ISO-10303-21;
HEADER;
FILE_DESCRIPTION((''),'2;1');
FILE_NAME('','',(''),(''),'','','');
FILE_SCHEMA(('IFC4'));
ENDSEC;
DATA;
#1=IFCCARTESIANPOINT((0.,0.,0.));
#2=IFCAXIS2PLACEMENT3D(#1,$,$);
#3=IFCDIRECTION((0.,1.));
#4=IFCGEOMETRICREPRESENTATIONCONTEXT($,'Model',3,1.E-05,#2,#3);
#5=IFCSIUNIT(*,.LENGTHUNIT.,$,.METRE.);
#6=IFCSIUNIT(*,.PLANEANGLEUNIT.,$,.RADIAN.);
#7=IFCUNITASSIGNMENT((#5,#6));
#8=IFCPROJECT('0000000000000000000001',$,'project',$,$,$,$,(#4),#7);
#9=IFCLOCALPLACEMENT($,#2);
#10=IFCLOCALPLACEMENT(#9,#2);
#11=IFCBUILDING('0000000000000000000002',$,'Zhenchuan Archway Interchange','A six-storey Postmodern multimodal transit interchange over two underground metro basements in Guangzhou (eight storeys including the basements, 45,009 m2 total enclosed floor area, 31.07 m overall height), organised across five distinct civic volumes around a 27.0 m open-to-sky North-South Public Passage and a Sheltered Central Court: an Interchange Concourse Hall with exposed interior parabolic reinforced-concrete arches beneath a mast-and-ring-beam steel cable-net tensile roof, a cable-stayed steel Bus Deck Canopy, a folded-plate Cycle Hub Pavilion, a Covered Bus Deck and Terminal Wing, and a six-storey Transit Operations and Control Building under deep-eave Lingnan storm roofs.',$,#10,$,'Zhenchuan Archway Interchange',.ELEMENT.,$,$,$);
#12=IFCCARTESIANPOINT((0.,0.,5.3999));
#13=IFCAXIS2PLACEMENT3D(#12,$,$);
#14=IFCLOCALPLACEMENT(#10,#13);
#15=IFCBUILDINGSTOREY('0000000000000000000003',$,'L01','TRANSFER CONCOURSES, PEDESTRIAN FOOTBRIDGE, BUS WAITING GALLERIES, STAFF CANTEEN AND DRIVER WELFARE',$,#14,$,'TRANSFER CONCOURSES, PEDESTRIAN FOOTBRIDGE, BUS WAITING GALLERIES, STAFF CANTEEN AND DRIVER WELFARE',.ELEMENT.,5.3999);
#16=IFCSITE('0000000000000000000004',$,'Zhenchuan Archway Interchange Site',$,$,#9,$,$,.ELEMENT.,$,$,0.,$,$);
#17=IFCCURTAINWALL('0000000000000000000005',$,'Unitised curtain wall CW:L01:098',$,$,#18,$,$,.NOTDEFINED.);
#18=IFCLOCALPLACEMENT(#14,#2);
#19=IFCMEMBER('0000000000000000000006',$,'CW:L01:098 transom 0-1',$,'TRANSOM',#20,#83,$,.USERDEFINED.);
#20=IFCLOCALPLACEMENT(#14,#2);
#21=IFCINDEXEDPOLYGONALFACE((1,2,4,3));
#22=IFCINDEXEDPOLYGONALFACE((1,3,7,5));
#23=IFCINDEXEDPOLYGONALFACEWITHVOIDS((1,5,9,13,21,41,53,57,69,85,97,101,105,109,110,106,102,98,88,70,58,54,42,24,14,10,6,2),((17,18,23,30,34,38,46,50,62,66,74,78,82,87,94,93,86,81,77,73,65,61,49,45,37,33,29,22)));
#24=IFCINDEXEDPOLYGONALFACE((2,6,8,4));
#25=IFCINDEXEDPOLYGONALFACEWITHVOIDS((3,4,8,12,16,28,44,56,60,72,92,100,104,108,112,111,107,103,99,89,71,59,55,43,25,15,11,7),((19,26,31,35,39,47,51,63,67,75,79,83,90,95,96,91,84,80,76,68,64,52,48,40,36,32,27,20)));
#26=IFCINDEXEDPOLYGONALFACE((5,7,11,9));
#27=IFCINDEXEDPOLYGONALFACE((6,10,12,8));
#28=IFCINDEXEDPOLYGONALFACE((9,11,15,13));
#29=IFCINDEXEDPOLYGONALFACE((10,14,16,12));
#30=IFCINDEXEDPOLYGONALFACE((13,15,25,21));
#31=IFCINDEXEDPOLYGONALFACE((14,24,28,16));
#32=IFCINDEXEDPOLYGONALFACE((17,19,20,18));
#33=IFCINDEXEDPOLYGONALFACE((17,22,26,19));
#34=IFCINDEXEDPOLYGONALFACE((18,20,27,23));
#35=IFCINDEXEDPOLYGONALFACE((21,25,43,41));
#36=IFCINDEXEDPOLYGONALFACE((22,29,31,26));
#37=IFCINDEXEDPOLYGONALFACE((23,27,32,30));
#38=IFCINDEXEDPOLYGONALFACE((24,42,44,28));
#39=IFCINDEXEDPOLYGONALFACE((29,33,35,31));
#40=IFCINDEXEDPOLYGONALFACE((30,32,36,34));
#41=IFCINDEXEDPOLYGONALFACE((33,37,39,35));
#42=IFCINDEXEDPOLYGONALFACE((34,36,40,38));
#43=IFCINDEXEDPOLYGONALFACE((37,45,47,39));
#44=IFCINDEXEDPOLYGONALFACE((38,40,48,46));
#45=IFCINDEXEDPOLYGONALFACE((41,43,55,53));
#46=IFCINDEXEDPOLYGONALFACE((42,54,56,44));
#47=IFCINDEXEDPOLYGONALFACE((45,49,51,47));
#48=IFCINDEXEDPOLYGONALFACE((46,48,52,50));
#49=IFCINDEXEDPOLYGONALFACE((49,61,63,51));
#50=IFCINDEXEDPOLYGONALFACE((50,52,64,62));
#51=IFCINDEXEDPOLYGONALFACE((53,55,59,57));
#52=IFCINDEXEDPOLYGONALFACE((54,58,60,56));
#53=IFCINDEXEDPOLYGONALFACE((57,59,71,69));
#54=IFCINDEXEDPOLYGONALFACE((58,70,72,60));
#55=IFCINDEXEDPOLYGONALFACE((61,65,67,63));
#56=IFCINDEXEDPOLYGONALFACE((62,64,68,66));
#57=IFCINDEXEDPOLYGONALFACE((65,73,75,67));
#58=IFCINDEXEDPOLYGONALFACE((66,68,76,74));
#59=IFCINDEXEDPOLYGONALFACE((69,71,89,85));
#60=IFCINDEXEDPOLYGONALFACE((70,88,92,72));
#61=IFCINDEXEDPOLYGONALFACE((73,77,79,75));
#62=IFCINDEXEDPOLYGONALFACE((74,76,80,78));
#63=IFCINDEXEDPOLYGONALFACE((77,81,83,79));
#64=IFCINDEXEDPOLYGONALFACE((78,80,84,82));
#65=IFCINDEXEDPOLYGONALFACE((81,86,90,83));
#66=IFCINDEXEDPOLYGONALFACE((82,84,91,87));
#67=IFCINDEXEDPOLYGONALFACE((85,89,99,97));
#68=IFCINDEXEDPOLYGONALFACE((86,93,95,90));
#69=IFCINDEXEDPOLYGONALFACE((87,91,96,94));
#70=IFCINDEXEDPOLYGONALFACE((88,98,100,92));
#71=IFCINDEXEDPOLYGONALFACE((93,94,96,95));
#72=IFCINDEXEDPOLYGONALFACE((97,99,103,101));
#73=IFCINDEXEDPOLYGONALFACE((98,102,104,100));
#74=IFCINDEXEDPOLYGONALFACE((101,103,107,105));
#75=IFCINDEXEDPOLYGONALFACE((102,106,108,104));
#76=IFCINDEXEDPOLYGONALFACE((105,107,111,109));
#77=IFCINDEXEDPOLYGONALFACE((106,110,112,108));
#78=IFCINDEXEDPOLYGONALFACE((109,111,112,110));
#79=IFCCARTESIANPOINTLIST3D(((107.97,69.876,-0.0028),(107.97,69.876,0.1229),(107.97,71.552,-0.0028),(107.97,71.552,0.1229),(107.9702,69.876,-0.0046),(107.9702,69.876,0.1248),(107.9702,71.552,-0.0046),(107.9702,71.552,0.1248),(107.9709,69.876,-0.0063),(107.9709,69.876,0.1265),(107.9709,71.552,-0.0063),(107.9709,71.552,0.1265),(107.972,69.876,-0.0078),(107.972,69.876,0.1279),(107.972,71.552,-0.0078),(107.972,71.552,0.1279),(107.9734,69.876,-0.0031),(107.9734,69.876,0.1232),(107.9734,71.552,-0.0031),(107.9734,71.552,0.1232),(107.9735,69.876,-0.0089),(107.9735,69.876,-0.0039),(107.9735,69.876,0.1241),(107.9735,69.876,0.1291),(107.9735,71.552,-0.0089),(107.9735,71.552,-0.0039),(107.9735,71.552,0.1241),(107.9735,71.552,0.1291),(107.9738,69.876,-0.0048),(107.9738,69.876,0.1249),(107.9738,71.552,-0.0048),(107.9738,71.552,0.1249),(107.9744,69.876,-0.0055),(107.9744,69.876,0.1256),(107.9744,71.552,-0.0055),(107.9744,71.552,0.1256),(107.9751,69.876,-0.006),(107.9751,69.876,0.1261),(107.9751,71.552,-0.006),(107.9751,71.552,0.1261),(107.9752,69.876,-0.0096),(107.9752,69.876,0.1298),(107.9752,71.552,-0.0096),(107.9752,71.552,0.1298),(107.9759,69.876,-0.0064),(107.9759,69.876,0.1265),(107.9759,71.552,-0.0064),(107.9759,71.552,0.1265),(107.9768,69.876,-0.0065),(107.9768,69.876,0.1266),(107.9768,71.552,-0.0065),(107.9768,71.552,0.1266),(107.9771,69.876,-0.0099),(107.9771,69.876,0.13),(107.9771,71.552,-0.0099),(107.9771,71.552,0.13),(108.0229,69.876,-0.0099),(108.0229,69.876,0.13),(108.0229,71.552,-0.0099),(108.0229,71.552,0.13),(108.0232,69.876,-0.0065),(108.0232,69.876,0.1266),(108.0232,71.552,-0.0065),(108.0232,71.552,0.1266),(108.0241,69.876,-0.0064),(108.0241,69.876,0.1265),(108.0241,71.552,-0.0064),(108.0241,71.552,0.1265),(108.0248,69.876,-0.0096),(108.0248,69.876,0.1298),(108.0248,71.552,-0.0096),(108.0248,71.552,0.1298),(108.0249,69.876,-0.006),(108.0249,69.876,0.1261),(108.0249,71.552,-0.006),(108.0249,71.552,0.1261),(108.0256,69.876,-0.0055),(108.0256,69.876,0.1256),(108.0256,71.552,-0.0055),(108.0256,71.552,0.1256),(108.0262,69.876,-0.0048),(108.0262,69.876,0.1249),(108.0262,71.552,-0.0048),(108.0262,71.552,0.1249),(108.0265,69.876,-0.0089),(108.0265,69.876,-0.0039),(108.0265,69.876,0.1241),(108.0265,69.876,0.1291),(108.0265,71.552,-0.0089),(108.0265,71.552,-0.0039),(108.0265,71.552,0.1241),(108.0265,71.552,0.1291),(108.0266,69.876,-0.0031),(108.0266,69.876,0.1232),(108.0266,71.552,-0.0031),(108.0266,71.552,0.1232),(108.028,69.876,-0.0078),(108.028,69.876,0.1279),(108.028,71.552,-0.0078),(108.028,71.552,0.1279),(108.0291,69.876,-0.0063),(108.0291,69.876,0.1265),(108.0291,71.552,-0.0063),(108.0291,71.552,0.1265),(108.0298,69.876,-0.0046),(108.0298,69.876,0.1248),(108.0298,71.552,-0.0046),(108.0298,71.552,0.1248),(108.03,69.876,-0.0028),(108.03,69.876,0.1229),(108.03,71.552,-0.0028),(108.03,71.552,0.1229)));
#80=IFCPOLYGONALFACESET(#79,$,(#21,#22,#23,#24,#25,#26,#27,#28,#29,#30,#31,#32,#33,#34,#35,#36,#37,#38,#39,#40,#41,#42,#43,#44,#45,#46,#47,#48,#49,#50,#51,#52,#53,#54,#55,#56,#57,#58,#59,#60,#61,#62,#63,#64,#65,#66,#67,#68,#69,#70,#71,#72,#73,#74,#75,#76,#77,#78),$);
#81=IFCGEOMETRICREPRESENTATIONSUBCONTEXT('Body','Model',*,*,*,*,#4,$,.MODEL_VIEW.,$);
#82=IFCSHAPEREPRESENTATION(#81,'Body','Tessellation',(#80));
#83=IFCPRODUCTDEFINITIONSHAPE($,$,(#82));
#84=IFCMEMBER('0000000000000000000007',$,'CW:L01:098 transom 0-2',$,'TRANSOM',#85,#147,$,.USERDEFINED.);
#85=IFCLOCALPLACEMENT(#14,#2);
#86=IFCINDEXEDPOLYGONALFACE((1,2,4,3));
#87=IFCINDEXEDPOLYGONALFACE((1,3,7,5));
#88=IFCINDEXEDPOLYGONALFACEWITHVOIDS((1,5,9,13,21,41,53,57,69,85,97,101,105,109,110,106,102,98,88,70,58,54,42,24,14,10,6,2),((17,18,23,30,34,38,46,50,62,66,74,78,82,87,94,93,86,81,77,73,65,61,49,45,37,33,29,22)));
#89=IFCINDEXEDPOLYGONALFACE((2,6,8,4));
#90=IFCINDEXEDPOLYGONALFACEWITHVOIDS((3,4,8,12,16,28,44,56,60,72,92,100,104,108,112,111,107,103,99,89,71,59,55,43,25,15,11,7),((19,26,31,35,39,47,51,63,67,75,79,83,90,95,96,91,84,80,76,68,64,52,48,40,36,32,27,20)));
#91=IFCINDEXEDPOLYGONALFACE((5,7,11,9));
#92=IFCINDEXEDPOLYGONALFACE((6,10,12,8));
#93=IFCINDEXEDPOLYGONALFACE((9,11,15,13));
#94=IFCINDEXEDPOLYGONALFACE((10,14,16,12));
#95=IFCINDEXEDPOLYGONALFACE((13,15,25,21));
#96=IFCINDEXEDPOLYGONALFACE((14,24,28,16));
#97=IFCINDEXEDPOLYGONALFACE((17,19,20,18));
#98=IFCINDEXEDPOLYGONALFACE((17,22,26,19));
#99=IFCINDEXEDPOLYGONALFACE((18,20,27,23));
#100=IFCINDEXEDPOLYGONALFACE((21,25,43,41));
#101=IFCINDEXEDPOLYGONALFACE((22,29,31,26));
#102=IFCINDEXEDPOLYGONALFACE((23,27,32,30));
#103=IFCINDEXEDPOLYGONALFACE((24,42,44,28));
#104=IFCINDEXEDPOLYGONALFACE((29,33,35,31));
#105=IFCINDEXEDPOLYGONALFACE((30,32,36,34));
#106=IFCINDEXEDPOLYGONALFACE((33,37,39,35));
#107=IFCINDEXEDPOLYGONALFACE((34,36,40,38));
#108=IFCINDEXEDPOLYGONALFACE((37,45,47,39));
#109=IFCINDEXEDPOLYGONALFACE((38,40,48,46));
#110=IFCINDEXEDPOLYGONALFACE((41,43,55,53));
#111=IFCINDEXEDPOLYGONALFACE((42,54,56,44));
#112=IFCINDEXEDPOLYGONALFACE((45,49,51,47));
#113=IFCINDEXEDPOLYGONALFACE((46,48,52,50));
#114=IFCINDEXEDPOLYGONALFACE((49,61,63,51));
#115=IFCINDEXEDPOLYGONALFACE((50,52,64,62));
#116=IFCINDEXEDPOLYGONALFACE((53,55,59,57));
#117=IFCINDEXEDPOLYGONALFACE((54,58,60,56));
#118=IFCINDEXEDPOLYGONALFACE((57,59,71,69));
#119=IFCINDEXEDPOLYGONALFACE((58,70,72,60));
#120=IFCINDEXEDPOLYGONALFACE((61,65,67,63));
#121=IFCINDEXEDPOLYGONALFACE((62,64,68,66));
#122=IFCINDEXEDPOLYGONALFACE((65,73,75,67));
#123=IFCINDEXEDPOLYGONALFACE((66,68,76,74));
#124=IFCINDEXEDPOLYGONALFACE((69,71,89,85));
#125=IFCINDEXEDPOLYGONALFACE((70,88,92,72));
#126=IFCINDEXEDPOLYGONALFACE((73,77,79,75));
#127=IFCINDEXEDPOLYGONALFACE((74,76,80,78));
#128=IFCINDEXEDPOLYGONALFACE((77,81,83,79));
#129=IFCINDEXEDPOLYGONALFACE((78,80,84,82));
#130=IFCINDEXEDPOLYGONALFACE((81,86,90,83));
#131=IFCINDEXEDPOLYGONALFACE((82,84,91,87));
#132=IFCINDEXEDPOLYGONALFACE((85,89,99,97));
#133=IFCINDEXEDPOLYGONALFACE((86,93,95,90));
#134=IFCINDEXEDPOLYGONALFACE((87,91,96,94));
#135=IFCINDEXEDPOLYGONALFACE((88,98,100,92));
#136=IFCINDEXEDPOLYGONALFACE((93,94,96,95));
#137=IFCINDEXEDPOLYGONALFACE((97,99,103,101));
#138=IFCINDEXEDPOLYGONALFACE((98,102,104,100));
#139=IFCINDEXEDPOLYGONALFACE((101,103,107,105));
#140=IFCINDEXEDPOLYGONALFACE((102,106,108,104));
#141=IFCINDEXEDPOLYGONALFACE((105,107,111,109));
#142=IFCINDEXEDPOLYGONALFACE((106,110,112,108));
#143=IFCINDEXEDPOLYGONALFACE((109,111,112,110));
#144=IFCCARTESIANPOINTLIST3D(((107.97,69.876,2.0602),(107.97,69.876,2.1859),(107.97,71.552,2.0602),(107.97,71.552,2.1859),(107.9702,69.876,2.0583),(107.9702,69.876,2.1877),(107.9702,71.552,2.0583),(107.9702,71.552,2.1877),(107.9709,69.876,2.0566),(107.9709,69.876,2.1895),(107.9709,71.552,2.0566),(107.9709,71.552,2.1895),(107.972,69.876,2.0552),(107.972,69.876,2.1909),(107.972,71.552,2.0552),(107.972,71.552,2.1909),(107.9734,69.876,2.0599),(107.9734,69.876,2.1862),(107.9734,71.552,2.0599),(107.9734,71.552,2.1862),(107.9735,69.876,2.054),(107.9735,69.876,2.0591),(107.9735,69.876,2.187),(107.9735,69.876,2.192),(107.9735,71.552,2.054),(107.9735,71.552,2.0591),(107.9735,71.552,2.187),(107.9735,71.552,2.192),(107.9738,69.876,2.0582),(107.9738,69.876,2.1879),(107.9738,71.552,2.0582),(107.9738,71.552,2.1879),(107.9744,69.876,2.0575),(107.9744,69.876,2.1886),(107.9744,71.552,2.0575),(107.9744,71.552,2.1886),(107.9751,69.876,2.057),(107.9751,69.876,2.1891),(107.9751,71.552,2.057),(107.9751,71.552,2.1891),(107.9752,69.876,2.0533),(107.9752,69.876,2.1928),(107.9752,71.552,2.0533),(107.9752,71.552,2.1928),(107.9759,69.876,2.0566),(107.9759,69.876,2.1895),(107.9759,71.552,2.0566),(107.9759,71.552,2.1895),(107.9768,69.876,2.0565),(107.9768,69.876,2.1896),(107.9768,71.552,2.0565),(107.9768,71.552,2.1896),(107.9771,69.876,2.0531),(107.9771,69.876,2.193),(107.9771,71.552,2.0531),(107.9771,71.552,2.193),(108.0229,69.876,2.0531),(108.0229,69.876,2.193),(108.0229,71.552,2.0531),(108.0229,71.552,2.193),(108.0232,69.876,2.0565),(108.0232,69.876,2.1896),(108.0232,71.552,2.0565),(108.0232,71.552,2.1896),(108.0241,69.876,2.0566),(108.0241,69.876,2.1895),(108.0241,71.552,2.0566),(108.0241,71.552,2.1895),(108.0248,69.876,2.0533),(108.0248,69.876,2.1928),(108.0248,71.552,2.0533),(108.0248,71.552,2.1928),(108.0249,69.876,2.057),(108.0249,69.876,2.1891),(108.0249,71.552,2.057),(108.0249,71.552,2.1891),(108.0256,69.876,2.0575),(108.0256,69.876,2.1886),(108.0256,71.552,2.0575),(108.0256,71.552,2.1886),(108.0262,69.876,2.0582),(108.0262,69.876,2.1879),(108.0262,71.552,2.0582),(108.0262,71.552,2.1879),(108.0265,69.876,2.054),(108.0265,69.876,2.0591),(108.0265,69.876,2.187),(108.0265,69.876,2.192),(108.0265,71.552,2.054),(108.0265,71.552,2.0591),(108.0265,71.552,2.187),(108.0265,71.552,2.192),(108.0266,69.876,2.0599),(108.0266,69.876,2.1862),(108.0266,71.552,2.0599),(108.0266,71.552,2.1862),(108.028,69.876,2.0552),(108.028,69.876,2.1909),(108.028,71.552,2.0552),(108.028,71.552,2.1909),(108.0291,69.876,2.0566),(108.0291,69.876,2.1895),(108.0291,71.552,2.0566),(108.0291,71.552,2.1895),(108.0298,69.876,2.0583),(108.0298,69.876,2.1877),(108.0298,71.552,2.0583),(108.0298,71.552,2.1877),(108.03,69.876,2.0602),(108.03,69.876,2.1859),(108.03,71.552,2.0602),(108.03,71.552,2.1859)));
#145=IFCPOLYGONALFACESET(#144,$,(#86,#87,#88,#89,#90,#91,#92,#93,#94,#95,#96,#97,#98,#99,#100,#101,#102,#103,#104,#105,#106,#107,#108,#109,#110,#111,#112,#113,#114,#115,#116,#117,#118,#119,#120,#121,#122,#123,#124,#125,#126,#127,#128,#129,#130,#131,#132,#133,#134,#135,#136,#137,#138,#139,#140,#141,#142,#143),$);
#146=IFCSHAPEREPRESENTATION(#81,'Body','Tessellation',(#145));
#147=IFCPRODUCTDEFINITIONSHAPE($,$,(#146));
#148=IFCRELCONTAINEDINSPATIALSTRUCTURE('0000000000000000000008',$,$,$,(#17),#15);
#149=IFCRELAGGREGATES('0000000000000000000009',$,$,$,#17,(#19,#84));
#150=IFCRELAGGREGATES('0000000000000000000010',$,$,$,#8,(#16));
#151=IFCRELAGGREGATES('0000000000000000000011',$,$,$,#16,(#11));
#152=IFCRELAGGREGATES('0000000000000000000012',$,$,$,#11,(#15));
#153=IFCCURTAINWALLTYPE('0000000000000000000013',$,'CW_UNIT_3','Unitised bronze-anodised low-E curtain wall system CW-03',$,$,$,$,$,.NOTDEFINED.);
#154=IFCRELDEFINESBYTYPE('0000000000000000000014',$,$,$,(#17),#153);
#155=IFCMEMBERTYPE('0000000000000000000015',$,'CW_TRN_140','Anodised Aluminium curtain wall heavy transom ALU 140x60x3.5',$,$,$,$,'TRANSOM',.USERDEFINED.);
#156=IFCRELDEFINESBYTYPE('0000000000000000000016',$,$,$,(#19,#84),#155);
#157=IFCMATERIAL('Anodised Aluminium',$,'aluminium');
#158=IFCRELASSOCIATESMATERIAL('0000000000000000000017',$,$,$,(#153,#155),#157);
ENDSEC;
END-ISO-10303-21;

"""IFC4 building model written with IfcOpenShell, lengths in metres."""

from ifc_helpers import new_model, si_unit, direction, frame, origin, origin_2d, place, context, subcontext, project, spatial, hollow_rectangle, extrude, material, material_profile, profile_set, type_object, element, aggregate, save


model = new_model("IFC4")

# Units and contexts
model_context = context("Model", 3, precision=1e-05, world=origin(), true_north=direction((0.0, 1.0)))
body_context = subcontext(model_context, "Body", "Model", "MODEL_VIEW")
ifc_project = project(units=[si_unit("LENGTHUNIT", "METRE"), si_unit("PLANEANGLEUNIT", "RADIAN")], contexts=[model_context])

# Site, building, storey
site_placement = place(None, origin())
site = spatial("IfcSite", under=ifc_project, at=site_placement, Name="Zhenchuan Archway Interchange Site", CompositionType="ELEMENT", RefElevation=0.0)
building_placement = place(site_placement, origin())
building = spatial("IfcBuilding", under=site, at=building_placement, Name="Zhenchuan Archway Interchange", Description="A six-storey Postmodern multimodal transit interchange over two underground metro basements in Guangzhou (eight storeys including the basements, 45,009 m2 total enclosed floor area, 31.07 m overall height), organised across five distinct civic volumes around a 27.0 m open-to-sky North-South Public Passage and a Sheltered Central Court: an Interchange Concourse Hall with exposed interior parabolic reinforced-concrete arches beneath a mast-and-ring-beam steel cable-net tensile roof, a cable-stayed steel Bus Deck Canopy, a folded-plate Cycle Hub Pavilion, a Covered Bus Deck and Terminal Wing, and a six-storey Transit Operations and Control Building under deep-eave Lingnan storm roofs.", LongName="Zhenchuan Archway Interchange", CompositionType="ELEMENT")
storey_placement = place(building_placement, frame((0.0, 0.0, 5.3999)))
storey = spatial("IfcBuildingStorey", under=building, at=storey_placement, Name="L01", Description="TRANSFER CONCOURSES, PEDESTRIAN FOOTBRIDGE, BUS WAITING GALLERIES, STAFF CANTEEN AND DRIVER WELFARE", LongName="TRANSFER CONCOURSES, PEDESTRIAN FOOTBRIDGE, BUS WAITING GALLERIES, STAFF CANTEEN AND DRIVER WELFARE", CompositionType="ELEMENT", Elevation=5.3999)

# Curtain wall, members
ifc_material_1 = material(Name="Anodised Aluminium", Category="aluminium")
curtain_wall_type = type_object("IfcCurtainWallType", Name="CW_UNIT_3", Description="Unitised bronze-anodised low-E curtain wall system CW-03", PredefinedType="NOTDEFINED", material=ifc_material_1)
curtain_wall_placement = place(storey_placement, origin())
curtain_wall = element("IfcCurtainWall", 1, at=curtain_wall_placement, inside=storey, type_object=curtain_wall_type, Name="Unitised curtain wall CW:L01:098", PredefinedType="NOTDEFINED")
ifc_material_profile_1 = material_profile(ifc_material_1, hollow_rectangle(XDim=0.0601, YDim=0.1399, WallThickness=0.0034, InnerFilletRadius=0.0034, OuterFilletRadius=0.0071, at=origin_2d()), Name="ALU 140x60x3.5")
ifc_profile_set_1 = profile_set([ifc_material_profile_1], Name="Anodised Aluminium")
member_type_1 = type_object("IfcMemberType", Name="CW_TRN_140", Description="Anodised Aluminium curtain wall heavy transom ALU 140x60x3.5", ElementType="TRANSOM", PredefinedType="USERDEFINED", material=ifc_profile_set_1)
member_1_placement = place(storey_placement, frame((108.0, 71.552, 0.0601), z_axis=(0.0, -1.0, 0.0), x_axis=(1.0, 0.0, 0.0)))
member_1 = element("IfcMember", 2, at=member_1_placement, type_object=member_type_1, Name="CW:L01:098 transom 0-1", ObjectType="TRANSOM", PredefinedType="USERDEFINED", context=body_context, shape_type="SweptSolid", body=[
    extrude(hollow_rectangle(XDim=0.0601, YDim=0.1399, WallThickness=0.0034, InnerFilletRadius=0.0034, OuterFilletRadius=0.0071, at=origin_2d()), origin(), (0.0, 0.0, 1.0), 1.676),
])
member_2_placement = place(storey_placement, frame((108.0, 71.552, 2.123), z_axis=(0.0, -1.0, 0.0), x_axis=(1.0, 0.0, 0.0)))
member_2 = element("IfcMember", 3, at=member_2_placement, type_object=member_type_1, Name="CW:L01:098 transom 0-2", ObjectType="TRANSOM", PredefinedType="USERDEFINED", context=body_context, shape_type="SweptSolid", body=[
    extrude(hollow_rectangle(XDim=0.0601, YDim=0.1399, WallThickness=0.0034, InnerFilletRadius=0.0034, OuterFilletRadius=0.0071, at=origin_2d()), origin(), (0.0, 0.0, 1.0), 1.676),
])

aggregate(curtain_wall, [member_1, member_2])

save(model, "model.ifc")
